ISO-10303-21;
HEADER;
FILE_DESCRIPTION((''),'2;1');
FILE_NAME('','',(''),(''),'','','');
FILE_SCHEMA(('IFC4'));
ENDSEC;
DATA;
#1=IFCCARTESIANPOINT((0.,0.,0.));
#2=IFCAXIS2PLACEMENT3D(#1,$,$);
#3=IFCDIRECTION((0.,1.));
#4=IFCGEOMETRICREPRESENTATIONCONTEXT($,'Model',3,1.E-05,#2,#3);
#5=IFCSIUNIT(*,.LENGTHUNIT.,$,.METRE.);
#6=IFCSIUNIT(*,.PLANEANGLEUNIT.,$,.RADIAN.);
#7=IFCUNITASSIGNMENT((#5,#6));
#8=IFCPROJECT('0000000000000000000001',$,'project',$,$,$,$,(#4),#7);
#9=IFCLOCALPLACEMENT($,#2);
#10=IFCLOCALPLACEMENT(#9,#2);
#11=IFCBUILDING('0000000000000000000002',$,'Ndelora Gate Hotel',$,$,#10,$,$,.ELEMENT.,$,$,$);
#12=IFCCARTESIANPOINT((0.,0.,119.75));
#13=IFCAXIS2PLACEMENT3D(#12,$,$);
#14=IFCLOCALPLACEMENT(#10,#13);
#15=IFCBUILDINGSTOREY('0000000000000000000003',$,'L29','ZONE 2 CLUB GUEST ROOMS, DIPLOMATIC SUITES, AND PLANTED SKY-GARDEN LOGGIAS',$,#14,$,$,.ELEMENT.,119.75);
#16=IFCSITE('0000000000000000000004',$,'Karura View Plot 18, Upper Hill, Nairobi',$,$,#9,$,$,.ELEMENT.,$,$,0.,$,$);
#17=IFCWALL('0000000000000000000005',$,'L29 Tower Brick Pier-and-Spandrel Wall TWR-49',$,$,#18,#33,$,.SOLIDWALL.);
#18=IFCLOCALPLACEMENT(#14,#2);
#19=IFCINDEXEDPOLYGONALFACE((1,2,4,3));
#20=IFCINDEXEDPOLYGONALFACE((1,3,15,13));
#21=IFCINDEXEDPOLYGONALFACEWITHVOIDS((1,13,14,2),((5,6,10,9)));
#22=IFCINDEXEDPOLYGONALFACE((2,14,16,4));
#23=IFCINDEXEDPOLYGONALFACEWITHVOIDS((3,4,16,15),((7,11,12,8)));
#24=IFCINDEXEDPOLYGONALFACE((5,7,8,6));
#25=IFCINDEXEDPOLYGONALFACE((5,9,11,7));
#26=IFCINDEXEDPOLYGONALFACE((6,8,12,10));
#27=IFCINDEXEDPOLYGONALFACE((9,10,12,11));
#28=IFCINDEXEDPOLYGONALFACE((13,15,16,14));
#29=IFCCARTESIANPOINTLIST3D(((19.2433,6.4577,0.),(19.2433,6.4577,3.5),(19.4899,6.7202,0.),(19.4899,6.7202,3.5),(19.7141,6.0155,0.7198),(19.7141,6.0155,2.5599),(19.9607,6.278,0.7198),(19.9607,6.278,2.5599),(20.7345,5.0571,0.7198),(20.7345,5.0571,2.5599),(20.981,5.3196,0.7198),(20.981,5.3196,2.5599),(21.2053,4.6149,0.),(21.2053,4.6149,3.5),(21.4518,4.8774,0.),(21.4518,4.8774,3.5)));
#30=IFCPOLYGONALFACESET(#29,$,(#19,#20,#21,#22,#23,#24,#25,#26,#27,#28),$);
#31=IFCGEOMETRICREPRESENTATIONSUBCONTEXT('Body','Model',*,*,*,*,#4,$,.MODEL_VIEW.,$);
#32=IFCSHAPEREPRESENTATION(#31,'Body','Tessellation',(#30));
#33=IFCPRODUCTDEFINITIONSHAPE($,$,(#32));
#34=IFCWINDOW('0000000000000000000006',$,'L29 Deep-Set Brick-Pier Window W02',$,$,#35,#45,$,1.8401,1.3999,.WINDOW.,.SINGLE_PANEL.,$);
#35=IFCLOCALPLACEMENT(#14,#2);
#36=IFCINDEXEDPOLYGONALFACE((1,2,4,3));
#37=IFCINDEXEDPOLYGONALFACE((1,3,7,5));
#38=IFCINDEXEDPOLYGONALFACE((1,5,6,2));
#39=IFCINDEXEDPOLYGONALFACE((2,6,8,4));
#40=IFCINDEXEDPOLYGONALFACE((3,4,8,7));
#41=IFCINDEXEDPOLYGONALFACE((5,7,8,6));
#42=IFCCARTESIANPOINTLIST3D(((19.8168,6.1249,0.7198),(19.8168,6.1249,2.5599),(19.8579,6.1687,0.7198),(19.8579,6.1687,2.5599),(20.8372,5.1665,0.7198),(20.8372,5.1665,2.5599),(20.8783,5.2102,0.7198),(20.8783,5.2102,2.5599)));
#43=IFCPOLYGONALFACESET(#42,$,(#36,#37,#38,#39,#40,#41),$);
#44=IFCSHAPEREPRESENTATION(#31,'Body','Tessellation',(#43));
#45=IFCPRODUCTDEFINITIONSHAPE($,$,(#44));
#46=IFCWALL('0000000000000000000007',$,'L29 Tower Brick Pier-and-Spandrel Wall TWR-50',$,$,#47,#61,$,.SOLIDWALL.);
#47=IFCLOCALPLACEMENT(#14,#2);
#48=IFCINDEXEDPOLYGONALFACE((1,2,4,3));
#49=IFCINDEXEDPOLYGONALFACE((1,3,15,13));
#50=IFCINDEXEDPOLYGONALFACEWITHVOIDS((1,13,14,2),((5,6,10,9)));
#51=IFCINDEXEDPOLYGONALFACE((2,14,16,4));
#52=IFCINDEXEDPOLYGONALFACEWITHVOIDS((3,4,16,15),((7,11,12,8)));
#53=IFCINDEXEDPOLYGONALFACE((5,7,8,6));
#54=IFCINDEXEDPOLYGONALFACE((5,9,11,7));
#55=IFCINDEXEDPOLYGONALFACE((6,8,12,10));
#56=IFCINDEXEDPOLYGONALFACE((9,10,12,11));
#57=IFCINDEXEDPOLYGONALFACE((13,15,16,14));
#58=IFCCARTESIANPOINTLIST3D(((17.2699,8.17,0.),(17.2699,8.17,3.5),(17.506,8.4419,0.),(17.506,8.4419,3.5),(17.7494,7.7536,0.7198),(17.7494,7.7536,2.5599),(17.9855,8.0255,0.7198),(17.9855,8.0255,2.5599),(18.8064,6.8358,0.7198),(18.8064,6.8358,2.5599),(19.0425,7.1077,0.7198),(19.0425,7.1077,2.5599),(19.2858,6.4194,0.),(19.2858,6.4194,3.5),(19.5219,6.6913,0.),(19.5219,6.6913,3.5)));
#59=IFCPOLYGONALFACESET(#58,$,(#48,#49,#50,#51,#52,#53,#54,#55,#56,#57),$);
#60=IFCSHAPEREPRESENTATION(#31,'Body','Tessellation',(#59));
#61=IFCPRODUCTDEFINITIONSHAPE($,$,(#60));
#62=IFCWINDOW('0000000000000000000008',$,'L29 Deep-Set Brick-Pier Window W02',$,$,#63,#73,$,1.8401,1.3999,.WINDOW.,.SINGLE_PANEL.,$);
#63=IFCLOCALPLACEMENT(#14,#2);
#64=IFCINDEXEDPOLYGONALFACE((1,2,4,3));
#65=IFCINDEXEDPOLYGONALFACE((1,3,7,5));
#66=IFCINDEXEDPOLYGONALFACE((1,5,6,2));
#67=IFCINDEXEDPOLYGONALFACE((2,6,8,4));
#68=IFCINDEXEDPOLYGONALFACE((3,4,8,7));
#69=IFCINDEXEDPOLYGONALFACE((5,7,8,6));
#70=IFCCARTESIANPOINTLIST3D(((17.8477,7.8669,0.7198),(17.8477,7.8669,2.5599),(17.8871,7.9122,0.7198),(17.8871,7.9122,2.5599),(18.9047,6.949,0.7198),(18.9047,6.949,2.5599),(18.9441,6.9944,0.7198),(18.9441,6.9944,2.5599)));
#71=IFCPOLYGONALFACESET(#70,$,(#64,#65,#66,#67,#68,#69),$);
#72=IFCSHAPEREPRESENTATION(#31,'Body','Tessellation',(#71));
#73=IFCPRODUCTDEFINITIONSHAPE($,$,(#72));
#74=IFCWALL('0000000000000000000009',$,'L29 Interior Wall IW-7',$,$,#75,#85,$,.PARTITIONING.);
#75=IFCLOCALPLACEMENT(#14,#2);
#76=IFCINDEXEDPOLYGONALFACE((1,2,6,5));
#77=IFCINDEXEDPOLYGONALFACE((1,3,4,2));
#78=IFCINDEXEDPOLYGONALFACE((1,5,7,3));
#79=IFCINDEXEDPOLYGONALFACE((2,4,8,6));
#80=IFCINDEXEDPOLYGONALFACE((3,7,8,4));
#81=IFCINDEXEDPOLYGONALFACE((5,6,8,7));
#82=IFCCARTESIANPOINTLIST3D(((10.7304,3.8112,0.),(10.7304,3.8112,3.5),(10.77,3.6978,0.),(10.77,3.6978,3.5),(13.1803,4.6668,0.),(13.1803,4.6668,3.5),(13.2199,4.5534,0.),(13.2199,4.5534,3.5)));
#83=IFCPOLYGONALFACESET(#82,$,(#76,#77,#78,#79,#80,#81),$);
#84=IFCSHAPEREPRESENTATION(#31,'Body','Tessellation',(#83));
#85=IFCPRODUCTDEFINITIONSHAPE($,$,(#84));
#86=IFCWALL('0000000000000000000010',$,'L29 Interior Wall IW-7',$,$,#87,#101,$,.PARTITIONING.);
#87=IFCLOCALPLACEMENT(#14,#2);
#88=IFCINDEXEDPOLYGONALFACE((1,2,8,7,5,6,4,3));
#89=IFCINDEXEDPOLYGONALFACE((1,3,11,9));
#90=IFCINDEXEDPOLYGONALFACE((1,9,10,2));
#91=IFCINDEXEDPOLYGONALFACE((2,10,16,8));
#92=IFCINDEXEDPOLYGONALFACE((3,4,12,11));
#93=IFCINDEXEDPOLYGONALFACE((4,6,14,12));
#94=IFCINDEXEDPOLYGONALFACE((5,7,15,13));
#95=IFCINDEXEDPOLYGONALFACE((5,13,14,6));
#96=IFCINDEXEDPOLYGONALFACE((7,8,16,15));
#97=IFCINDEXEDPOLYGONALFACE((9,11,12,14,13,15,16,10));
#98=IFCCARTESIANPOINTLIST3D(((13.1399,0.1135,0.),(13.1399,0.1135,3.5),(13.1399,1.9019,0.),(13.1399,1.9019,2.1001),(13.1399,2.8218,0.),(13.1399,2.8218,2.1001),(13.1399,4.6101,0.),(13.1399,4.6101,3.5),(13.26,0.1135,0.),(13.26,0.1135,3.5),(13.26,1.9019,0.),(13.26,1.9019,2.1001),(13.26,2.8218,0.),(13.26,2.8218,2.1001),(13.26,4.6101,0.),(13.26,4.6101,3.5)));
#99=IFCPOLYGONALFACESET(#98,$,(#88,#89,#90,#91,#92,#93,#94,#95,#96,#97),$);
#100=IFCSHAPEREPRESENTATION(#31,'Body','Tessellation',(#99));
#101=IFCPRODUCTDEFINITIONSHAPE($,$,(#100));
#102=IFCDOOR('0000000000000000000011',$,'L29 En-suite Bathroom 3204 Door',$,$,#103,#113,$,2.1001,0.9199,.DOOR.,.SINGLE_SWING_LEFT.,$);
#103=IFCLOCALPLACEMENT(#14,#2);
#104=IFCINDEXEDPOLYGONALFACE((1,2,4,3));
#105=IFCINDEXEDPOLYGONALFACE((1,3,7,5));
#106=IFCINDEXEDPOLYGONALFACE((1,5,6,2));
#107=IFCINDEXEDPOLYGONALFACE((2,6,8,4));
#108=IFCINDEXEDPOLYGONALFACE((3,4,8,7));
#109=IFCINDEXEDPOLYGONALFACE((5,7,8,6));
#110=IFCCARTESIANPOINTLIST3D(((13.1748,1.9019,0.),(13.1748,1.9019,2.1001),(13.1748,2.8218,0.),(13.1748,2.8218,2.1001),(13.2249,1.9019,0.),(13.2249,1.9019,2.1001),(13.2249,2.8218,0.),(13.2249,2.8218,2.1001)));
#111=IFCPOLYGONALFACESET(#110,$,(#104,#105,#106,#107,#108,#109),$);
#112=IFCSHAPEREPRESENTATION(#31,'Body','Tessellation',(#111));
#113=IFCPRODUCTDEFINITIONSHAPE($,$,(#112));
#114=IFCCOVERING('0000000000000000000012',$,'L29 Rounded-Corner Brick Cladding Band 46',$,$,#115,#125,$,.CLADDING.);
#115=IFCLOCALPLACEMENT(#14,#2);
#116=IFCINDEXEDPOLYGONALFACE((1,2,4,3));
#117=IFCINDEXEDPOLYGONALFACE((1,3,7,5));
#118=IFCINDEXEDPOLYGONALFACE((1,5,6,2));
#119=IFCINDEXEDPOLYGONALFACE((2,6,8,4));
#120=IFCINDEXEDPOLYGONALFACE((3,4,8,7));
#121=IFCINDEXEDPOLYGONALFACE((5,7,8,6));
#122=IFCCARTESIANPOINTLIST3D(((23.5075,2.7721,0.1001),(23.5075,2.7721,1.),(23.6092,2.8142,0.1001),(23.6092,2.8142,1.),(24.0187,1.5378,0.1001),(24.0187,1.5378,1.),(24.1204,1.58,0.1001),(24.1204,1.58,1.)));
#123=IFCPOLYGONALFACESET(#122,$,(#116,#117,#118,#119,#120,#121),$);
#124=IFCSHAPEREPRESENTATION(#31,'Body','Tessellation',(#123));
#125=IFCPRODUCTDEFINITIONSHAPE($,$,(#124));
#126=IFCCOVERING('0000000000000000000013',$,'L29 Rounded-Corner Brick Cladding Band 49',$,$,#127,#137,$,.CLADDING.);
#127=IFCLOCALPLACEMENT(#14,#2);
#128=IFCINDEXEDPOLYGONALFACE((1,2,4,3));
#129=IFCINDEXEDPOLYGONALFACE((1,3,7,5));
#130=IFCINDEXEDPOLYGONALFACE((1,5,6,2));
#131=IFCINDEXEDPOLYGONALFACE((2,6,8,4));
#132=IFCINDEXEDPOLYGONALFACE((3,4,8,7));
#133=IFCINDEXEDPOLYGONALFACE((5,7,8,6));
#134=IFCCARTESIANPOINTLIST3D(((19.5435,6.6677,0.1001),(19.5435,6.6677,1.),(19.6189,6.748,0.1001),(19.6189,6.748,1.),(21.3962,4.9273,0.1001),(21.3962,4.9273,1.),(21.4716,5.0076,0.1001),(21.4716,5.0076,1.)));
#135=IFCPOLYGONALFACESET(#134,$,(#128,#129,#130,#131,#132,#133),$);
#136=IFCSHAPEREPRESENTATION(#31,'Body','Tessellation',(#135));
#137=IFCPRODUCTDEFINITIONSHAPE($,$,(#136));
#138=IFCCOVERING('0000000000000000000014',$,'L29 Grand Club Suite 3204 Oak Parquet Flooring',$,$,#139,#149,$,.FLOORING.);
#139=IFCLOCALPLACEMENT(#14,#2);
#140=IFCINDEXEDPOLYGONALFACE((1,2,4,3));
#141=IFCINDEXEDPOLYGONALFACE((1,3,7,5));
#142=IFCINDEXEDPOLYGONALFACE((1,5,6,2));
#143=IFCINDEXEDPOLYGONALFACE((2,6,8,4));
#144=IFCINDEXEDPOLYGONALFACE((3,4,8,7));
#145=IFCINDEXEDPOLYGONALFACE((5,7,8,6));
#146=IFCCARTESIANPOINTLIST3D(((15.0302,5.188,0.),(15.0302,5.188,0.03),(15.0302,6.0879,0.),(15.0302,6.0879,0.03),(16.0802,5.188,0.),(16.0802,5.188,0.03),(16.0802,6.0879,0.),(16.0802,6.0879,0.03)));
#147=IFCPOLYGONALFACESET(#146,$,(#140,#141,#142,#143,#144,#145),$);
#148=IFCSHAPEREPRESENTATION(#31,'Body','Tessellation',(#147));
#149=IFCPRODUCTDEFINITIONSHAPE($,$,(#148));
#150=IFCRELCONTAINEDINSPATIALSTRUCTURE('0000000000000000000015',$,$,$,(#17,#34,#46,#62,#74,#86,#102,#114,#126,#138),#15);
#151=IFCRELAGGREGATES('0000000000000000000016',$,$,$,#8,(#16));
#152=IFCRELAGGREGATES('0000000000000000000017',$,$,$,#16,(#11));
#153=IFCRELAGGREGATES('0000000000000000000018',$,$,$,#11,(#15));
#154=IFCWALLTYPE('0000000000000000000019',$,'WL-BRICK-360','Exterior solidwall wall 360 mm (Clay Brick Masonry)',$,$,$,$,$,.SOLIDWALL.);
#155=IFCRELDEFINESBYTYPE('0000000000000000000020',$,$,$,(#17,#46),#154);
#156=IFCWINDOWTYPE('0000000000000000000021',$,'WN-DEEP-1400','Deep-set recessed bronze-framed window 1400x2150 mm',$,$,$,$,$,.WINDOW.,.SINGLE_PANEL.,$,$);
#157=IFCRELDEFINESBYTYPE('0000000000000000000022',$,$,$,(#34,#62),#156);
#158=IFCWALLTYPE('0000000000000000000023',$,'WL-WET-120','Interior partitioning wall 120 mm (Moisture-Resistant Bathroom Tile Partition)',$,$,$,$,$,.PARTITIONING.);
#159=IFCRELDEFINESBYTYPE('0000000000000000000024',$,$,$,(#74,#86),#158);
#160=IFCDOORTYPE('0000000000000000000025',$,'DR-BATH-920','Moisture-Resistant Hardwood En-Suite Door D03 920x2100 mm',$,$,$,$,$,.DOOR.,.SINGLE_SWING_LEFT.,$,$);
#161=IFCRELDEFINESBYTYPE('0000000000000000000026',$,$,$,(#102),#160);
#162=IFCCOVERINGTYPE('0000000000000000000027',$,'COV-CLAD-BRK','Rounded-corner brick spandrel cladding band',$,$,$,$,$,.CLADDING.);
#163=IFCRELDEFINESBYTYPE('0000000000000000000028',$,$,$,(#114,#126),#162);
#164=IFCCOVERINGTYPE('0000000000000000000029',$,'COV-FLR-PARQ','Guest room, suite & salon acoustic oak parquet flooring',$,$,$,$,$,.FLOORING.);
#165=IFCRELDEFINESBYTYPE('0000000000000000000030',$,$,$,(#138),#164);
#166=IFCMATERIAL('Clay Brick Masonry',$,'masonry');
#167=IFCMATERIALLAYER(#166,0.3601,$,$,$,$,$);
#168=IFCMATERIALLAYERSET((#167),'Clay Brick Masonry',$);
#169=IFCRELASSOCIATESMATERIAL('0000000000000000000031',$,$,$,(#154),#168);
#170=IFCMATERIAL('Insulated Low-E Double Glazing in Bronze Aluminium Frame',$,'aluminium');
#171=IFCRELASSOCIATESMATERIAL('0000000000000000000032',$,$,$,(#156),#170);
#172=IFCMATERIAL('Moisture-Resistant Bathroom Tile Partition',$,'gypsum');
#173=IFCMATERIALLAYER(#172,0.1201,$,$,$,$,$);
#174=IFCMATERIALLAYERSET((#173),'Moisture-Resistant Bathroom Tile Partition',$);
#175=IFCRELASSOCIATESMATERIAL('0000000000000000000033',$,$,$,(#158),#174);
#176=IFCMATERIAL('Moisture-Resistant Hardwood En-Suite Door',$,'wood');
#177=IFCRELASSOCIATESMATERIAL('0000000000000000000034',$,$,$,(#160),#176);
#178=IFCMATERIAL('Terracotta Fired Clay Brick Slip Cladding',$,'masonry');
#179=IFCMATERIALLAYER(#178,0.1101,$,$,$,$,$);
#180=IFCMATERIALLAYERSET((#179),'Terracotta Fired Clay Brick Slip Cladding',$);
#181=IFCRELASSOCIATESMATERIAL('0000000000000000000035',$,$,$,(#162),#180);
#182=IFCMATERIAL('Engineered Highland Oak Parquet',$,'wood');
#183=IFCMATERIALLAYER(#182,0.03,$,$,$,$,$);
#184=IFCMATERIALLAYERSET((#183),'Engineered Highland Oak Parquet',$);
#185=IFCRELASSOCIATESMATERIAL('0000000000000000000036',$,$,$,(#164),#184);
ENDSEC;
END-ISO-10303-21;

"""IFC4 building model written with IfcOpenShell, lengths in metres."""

from ifc_helpers import new_model, si_unit, direction, frame, frame_2d, origin, origin_2d, place, context, subcontext, project, spatial, rectangle, extrude, material, layer, layer_set, type_object, element, fill, save


model = new_model("IFC4")

# Units and contexts
model_context = context("Model", 3, precision=1e-05, world=origin(), true_north=direction((0.0, 1.0)))
body_context = subcontext(model_context, "Body", "Model", "MODEL_VIEW")
ifc_project = project(units=[si_unit("LENGTHUNIT", "METRE"), si_unit("PLANEANGLEUNIT", "RADIAN")], contexts=[model_context])

# Site, building, storey
site_placement = place(None, origin())
site = spatial("IfcSite", under=ifc_project, at=site_placement, Name="Karura View Plot 18, Upper Hill, Nairobi", CompositionType="ELEMENT", RefElevation=0.0)
building_placement = place(site_placement, origin())
building = spatial("IfcBuilding", under=site, at=building_placement, Name="Ndelora Gate Hotel", CompositionType="ELEMENT")
storey_placement = place(building_placement, frame((0.0, 0.0, 119.75)))
storey = spatial("IfcBuildingStorey", under=building, at=storey_placement, Name="L29", Description="ZONE 2 CLUB GUEST ROOMS, DIPLOMATIC SUITES, AND PLANTED SKY-GARDEN LOGGIAS", CompositionType="ELEMENT", Elevation=119.75)

# Shared definitions
ifc_material_1 = material(Name="Clay Brick Masonry", Category="masonry")
ifc_layer_1 = layer(ifc_material_1, 0.3601)
ifc_layer_set_1 = layer_set([ifc_layer_1], Name="Clay Brick Masonry")
wall_type_1 = type_object("IfcWallType", Name="WL-BRICK-360", Description="Exterior solidwall wall 360 mm (Clay Brick Masonry)", PredefinedType="SOLIDWALL", material=ifc_layer_set_1)

# Walls, openings, windows
wall_1_placement = place(storey_placement, frame((19.3667, 6.5889, 0.0), z_axis=(0.0, 0.0, 1.0), x_axis=(0.728892, -0.684629, 0.0)))
wall_1 = element("IfcWall", 1, at=wall_1_placement, inside=storey, type_object=wall_type_1, Name="L29 Tower Brick Pier-and-Spandrel Wall TWR-49", PredefinedType="SOLIDWALL", context=body_context, shape_type="SweptSolid", body=[
    extrude(rectangle(XDim=2.6917, YDim=0.3601, at=frame_2d((1.3457, 0.0))), origin(), (0.0, 0.0, 1.0), 3.5),
])
opening_1_placement = place(wall_1_placement, frame((0.6458, 0.0, 0.72)))
opening_1 = element("IfcOpeningElement", 2, at=opening_1_placement, cuts=wall_1, PredefinedType="OPENING", context=body_context, shape_type="SweptSolid", body=[
    extrude(rectangle(XDim=1.3999, YDim=1.8401, at=frame_2d((0.7, 0.9199))), frame((0.0, 0.1899, 0.0), z_axis=(0.0, -1.0, 0.0), x_axis=(1.0, 0.0, 0.0)), (0.0, 0.0, 1.0), 0.3801),
])
ifc_material_2 = material(Name="Insulated Low-E Double Glazing in Bronze Aluminium Frame", Category="aluminium")
window_type = type_object("IfcWindowType", Name="WN-DEEP-1400", Description="Deep-set recessed bronze-framed window 1400x2150 mm", PartitioningType="SINGLE_PANEL", PredefinedType="WINDOW", material=ifc_material_2)
window_1_placement = place(opening_1_placement, origin())
window_1 = element("IfcWindow", 3, at=window_1_placement, inside=storey, type_object=window_type, Name="L29 Deep-Set Brick-Pier Window W02", OverallHeight=1.8401, OverallWidth=1.3999, PartitioningType="SINGLE_PANEL", PredefinedType="WINDOW", context=body_context, shape_type="SweptSolid", body=[
    extrude(rectangle(XDim=1.3999, YDim=1.8401, at=frame_2d((0.7, 0.9199))), frame((0.0, 0.03, 0.0), z_axis=(0.0, -1.0, 0.0), x_axis=(1.0, 0.0, 0.0)), (0.0, 0.0, 1.0), 0.0601),
])
fill(opening_1, window_1)
wall_2_placement = place(storey_placement, frame((17.3879, 8.3059, 0.0), z_axis=(0.0, 0.0, 1.0), x_axis=(0.755058, -0.655658, 0.0)))
wall_2 = element("IfcWall", 4, at=wall_2_placement, inside=storey, type_object=wall_type_1, Name="L29 Tower Brick Pier-and-Spandrel Wall TWR-50", PredefinedType="SOLIDWALL", context=body_context, shape_type="SweptSolid", body=[
    extrude(rectangle(XDim=2.6699, YDim=0.3601, at=frame_2d((1.335, 0.0))), origin(), (0.0, 0.0, 1.0), 3.5),
])
opening_2_placement = place(wall_2_placement, frame((0.635, 0.0, 0.72)))
opening_2 = element("IfcOpeningElement", 5, at=opening_2_placement, cuts=wall_2, PredefinedType="OPENING", context=body_context, shape_type="SweptSolid", body=[
    extrude(rectangle(XDim=1.3999, YDim=1.8401, at=frame_2d((0.7, 0.9199))), frame((0.0, 0.1899, 0.0), z_axis=(0.0, -1.0, 0.0), x_axis=(1.0, 0.0, 0.0)), (0.0, 0.0, 1.0), 0.3801),
])
window_2_placement = place(opening_2_placement, origin())
window_2 = element("IfcWindow", 6, at=window_2_placement, inside=storey, type_object=window_type, Name="L29 Deep-Set Brick-Pier Window W02", OverallHeight=1.8401, OverallWidth=1.3999, PartitioningType="SINGLE_PANEL", PredefinedType="WINDOW", context=body_context, shape_type="SweptSolid", body=[
    extrude(rectangle(XDim=1.3999, YDim=1.8401, at=frame_2d((0.7, 0.9199))), frame((0.0, 0.03, 0.0), z_axis=(0.0, -1.0, 0.0), x_axis=(1.0, 0.0, 0.0)), (0.0, 0.0, 1.0), 0.0601),
])
fill(opening_2, window_2)

# Wall
ifc_material_3 = material(Name="Moisture-Resistant Bathroom Tile Partition", Category="gypsum")
ifc_layer_2 = layer(ifc_material_3, 0.1201)
ifc_layer_set_2 = layer_set([ifc_layer_2], Name="Moisture-Resistant Bathroom Tile Partition")
wall_type_2 = type_object("IfcWallType", Name="WL-WET-120", Description="Interior partitioning wall 120 mm (Moisture-Resistant Bathroom Tile Partition)", PredefinedType="PARTITIONING", material=ifc_layer_set_2)
wall_3_placement = place(storey_placement, frame((13.2, 4.6101, 0.0), z_axis=(0.0, 0.0, 1.0), x_axis=(-0.944071, -0.329743, 0.0)))
element("IfcWall", 7, at=wall_3_placement, inside=storey, type_object=wall_type_2, Name="L29 Interior Wall IW-7", PredefinedType="PARTITIONING", context=body_context, shape_type="SweptSolid", body=[
    extrude(rectangle(XDim=2.595, YDim=0.1201, at=frame_2d((1.2974, 0.0))), origin(), (0.0, 0.0, 1.0), 3.5),
])

# Wall, opening, door
wall_4_placement = place(storey_placement, frame((13.2, 4.6101, 0.0), z_axis=(0.0, 0.0, 1.0), x_axis=(0.0, -1.0, 0.0)))
wall_4 = element("IfcWall", 8, at=wall_4_placement, inside=storey, type_object=wall_type_2, Name="L29 Interior Wall IW-7", PredefinedType="PARTITIONING", context=body_context, shape_type="SweptSolid", body=[
    extrude(rectangle(XDim=4.4966, YDim=0.1201, at=frame_2d((2.2483, 0.0))), origin(), (0.0, 0.0, 1.0), 3.5),
])
opening_3_placement = place(wall_4_placement, frame((1.7883, 0.0, 0.0)))
opening_3 = element("IfcOpeningElement", 9, at=opening_3_placement, cuts=wall_4, PredefinedType="OPENING", context=body_context, shape_type="SweptSolid", body=[
    extrude(rectangle(XDim=0.9199, YDim=2.1001, at=frame_2d((0.46, 1.05))), frame((0.0, 0.0701, 0.0), z_axis=(0.0, -1.0, 0.0), x_axis=(1.0, 0.0, 0.0)), (0.0, 0.0, 1.0), 0.1401),
])
ifc_material_4 = material(Name="Moisture-Resistant Hardwood En-Suite Door", Category="wood")
door_type = type_object("IfcDoorType", Name="DR-BATH-920", Description="Moisture-Resistant Hardwood En-Suite Door D03 920x2100 mm", OperationType="SINGLE_SWING_LEFT", PredefinedType="DOOR", material=ifc_material_4)
door_placement = place(opening_3_placement, origin())
door = element("IfcDoor", 10, at=door_placement, inside=storey, type_object=door_type, Name="L29 En-suite Bathroom 3204 Door", OperationType="SINGLE_SWING_LEFT", OverallHeight=2.1001, OverallWidth=0.9199, PredefinedType="DOOR", context=body_context, shape_type="SweptSolid", body=[
    extrude(rectangle(XDim=0.9199, YDim=2.1001, at=frame_2d((0.46, 1.05))), frame((0.0, 0.0249, 0.0), z_axis=(0.0, -1.0, 0.0), x_axis=(1.0, 0.0, 0.0)), (0.0, 0.0, 1.0), 0.05),
])
fill(opening_3, door)

# Coverings
ifc_material_5 = material(Name="Terracotta Fired Clay Brick Slip Cladding", Category="masonry")
ifc_layer_3 = layer(ifc_material_5, 0.1101)
ifc_layer_set_3 = layer_set([ifc_layer_3], Name="Terracotta Fired Clay Brick Slip Cladding")
covering_type_1 = type_object("IfcCoveringType", Name="COV-CLAD-BRK", Description="Rounded-corner brick spandrel cladding band", PredefinedType="CLADDING", material=ifc_layer_set_3)
covering_1_placement = place(storey_placement, frame((23.814, 2.176, 0.1001), z_axis=(0.0, 0.0, 1.0), x_axis=(-0.382683, 0.92388, 0.0)))
element("IfcCovering", 11, at=covering_1_placement, inside=storey, type_object=covering_type_1, Name="L29 Rounded-Corner Brick Cladding Band 46", PredefinedType="CLADDING", context=body_context, shape_type="SweptSolid", body=[
    extrude(rectangle(XDim=1.3359, YDim=0.1101, at=origin_2d()), origin(), (0.0, 0.0, 1.0), 0.8999),
])
covering_2_placement = place(storey_placement, frame((20.5076, 5.8376, 0.1001), z_axis=(0.0, 0.0, 1.0), x_axis=(-0.728849, 0.684674, 0.0)))
element("IfcCovering", 12, at=covering_2_placement, inside=storey, type_object=covering_type_1, Name="L29 Rounded-Corner Brick Cladding Band 49", PredefinedType="CLADDING", context=body_context, shape_type="SweptSolid", body=[
    extrude(rectangle(XDim=2.542, YDim=0.1101, at=origin_2d()), origin(), (0.0, 0.0, 1.0), 0.8999),
])
ifc_material_6 = material(Name="Engineered Highland Oak Parquet", Category="wood")
ifc_layer_4 = layer(ifc_material_6, 0.03)
ifc_layer_set_4 = layer_set([ifc_layer_4], Name="Engineered Highland Oak Parquet")
covering_type_2 = type_object("IfcCoveringType", Name="COV-FLR-PARQ", Description="Guest room, suite & salon acoustic oak parquet flooring", PredefinedType="FLOORING", material=ifc_layer_set_4)
covering_3_placement = place(storey_placement, frame((15.5552, 5.6379, 0.0), z_axis=(0.0, 0.0, 1.0), x_axis=(1.0, 0.0, 0.0)))
element("IfcCovering", 13, at=covering_3_placement, inside=storey, type_object=covering_type_2, Name="L29 Grand Club Suite 3204 Oak Parquet Flooring", PredefinedType="FLOORING", context=body_context, shape_type="SweptSolid", body=[
    extrude(rectangle(XDim=1.05, YDim=0.8999, at=origin_2d()), origin(), (0.0, 0.0, 1.0), 0.03),
])

save(model, "model.ifc")
